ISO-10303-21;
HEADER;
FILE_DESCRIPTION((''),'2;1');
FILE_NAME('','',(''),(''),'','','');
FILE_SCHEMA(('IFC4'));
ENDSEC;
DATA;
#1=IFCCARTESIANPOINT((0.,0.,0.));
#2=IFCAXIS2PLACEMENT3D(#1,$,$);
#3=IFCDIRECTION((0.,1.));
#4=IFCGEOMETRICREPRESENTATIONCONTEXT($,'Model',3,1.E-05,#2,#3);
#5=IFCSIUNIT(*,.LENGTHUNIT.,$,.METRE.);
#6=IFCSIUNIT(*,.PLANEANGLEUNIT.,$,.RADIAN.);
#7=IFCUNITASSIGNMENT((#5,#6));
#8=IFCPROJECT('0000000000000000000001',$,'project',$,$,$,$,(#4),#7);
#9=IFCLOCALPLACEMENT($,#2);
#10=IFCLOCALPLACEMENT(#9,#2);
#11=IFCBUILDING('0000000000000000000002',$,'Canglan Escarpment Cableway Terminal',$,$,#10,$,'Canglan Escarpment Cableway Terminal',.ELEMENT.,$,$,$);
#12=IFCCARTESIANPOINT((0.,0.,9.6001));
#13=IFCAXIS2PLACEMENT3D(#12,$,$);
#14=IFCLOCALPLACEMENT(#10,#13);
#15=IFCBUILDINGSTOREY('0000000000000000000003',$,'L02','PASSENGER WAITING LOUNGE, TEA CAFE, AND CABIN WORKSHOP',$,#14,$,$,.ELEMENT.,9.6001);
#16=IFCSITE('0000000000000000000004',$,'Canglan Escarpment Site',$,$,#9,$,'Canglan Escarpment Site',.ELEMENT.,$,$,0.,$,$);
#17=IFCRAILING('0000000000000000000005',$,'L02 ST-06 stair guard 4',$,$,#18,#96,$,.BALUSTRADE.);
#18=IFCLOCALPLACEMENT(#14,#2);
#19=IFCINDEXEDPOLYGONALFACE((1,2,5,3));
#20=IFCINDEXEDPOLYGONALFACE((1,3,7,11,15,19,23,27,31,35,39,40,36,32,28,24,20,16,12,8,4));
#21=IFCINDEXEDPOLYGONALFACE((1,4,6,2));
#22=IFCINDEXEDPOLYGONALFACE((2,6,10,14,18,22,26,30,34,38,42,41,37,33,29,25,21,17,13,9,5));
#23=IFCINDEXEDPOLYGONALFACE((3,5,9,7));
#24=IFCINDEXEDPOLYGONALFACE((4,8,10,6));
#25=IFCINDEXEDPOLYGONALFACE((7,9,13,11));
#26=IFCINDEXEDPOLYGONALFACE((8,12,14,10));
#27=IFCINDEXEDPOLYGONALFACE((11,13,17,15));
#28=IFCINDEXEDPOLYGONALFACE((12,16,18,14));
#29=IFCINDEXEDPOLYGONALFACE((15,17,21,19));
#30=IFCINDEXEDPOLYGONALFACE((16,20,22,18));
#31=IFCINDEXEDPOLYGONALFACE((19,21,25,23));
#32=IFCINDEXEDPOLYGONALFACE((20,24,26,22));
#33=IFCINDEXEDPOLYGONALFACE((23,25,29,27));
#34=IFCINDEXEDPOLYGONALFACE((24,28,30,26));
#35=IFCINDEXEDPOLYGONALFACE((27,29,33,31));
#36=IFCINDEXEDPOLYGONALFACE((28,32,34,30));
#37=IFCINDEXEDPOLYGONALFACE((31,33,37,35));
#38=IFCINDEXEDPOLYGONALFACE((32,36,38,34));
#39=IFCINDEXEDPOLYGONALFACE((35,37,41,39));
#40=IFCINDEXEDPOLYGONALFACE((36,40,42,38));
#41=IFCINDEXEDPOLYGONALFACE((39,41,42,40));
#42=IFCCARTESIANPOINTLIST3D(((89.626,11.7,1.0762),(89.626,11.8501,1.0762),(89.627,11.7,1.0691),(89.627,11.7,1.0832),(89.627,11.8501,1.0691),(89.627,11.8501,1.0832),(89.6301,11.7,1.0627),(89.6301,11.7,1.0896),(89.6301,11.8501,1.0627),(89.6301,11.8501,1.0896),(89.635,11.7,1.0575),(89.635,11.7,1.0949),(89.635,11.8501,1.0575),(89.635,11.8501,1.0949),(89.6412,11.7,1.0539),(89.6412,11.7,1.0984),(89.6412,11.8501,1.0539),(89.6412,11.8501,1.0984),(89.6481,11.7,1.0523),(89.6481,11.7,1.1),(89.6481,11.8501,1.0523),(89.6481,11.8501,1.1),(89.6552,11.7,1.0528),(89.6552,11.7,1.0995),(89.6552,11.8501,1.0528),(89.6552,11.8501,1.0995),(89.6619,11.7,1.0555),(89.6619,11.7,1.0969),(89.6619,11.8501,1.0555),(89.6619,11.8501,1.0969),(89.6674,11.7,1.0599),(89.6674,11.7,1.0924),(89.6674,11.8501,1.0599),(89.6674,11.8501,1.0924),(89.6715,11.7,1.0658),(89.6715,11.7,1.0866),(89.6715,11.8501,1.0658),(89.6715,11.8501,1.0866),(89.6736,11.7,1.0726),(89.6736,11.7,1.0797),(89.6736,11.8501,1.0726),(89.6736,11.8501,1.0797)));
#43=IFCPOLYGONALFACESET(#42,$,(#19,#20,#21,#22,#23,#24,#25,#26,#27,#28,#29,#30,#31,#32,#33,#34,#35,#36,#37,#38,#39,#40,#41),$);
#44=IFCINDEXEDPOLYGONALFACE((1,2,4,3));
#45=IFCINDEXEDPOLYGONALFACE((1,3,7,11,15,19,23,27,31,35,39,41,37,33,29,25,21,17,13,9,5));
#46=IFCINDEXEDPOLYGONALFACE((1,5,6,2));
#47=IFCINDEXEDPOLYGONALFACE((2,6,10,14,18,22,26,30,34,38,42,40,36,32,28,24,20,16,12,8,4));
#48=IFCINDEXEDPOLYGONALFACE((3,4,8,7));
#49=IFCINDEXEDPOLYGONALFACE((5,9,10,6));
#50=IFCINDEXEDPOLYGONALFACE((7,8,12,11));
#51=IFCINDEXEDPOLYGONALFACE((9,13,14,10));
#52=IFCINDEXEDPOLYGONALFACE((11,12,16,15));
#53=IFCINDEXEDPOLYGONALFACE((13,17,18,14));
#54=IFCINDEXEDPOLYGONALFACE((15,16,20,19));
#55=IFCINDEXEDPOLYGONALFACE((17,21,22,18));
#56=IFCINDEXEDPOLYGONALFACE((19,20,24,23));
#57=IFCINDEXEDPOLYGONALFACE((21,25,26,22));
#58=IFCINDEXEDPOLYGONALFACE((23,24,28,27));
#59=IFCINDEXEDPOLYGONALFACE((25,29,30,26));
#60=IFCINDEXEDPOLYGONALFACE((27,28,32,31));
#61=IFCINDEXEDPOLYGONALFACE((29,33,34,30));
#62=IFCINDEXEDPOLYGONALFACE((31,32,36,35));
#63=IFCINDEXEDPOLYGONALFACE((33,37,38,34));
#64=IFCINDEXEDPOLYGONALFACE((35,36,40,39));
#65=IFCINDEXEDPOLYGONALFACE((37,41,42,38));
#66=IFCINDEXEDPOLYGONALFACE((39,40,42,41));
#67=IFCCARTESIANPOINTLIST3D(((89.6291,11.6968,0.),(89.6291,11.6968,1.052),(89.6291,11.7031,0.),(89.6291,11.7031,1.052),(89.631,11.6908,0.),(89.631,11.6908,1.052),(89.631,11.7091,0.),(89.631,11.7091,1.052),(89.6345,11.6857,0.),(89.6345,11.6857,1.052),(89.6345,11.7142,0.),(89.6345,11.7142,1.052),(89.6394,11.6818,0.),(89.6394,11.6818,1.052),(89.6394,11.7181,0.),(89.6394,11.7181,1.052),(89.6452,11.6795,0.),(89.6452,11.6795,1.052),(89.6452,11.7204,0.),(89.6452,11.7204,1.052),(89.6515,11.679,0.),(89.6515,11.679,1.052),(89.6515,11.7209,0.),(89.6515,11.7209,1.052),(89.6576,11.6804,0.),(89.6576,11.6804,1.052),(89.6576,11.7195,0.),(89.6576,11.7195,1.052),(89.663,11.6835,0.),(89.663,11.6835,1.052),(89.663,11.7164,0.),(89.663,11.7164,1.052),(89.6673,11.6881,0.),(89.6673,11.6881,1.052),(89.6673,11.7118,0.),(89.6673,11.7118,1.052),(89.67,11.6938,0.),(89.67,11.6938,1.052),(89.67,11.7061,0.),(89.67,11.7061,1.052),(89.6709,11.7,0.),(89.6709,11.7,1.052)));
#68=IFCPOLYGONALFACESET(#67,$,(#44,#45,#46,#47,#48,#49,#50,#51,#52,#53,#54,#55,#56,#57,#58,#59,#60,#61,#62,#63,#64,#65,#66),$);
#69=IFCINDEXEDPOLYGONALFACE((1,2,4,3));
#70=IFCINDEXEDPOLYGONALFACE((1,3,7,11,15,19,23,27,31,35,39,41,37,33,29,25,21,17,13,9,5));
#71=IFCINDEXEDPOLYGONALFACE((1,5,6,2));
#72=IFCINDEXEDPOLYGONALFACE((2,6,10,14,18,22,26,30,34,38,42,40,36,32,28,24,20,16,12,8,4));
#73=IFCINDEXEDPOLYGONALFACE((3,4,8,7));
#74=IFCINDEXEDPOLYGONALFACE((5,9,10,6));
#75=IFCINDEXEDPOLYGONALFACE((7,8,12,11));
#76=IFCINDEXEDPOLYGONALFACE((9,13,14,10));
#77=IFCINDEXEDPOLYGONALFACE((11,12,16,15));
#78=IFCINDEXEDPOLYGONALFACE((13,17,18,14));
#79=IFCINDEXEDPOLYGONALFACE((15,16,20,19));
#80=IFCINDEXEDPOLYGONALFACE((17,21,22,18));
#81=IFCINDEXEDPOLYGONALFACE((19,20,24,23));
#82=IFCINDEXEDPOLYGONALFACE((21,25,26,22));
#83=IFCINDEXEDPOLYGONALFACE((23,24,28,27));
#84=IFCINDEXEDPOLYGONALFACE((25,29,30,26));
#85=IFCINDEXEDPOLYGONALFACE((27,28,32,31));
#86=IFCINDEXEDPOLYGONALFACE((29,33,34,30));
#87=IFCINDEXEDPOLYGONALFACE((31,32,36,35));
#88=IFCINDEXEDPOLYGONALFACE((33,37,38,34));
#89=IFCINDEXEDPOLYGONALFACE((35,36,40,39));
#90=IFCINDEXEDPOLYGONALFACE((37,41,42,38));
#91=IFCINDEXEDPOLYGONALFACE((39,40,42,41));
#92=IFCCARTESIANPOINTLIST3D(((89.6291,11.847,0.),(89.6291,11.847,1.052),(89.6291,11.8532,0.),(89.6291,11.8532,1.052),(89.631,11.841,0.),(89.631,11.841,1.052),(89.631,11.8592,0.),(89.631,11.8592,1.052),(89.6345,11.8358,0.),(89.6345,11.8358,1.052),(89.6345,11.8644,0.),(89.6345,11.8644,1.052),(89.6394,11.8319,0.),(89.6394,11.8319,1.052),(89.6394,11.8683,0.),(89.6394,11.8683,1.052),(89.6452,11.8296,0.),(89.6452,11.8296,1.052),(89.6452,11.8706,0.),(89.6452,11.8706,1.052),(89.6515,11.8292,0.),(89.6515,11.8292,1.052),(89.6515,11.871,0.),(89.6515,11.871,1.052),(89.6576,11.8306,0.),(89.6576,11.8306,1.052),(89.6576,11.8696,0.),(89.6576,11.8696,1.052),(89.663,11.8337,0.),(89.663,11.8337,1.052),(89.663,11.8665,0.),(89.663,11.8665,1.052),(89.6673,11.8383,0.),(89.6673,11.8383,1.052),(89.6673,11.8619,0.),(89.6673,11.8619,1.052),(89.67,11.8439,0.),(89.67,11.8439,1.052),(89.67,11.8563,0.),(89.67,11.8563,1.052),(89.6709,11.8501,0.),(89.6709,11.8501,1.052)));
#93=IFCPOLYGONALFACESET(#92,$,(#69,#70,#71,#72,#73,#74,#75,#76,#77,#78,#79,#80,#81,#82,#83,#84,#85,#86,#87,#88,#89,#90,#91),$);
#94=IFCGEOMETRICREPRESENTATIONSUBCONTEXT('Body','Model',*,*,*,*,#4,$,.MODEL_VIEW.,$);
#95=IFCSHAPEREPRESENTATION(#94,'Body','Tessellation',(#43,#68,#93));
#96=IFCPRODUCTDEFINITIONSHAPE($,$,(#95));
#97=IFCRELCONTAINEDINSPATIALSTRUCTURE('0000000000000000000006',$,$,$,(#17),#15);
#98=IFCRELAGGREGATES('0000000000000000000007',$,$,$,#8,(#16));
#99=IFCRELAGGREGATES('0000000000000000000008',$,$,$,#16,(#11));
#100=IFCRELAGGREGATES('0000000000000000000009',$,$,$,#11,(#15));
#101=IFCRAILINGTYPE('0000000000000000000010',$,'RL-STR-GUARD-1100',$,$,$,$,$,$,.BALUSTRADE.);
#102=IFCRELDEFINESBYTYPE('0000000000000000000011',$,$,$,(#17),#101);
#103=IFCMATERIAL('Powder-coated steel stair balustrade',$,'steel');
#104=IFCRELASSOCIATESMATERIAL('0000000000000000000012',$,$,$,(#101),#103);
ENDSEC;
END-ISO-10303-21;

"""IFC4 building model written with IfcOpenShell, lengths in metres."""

from ifc_helpers import new_model, si_unit, direction, frame, origin, origin_2d, place, context, subcontext, project, spatial, circle, extrude, material, type_object, element, save


model = new_model("IFC4")

# Units and contexts
model_context = context("Model", 3, precision=1e-05, world=origin(), true_north=direction((0.0, 1.0)))
body_context = subcontext(model_context, "Body", "Model", "MODEL_VIEW")
ifc_project = project(units=[si_unit("LENGTHUNIT", "METRE"), si_unit("PLANEANGLEUNIT", "RADIAN")], contexts=[model_context])

# Site, building, storey
site_placement = place(None, origin())
site = spatial("IfcSite", under=ifc_project, at=site_placement, Name="Canglan Escarpment Site", LongName="Canglan Escarpment Site", CompositionType="ELEMENT", RefElevation=0.0)
building_placement = place(site_placement, origin())
building = spatial("IfcBuilding", under=site, at=building_placement, Name="Canglan Escarpment Cableway Terminal", LongName="Canglan Escarpment Cableway Terminal", CompositionType="ELEMENT")
storey_placement = place(building_placement, frame((0.0, 0.0, 9.6001)))
storey = spatial("IfcBuildingStorey", under=building, at=storey_placement, Name="L02", Description="PASSENGER WAITING LOUNGE, TEA CAFE, AND CABIN WORKSHOP", CompositionType="ELEMENT", Elevation=9.6001)

# Railing
ifc_material_1 = material(Name="Powder-coated steel stair balustrade", Category="steel")
railing_type_1 = type_object("IfcRailingType", Name="RL-STR-GUARD-1100", PredefinedType="BALUSTRADE", material=ifc_material_1)
railing_1_placement = place(storey_placement, frame((89.6499, 11.7, 0.0)))
element("IfcRailing", 1, at=railing_1_placement, inside=storey, type_object=railing_type_1, Name="L02 ST-06 stair guard 4", PredefinedType="BALUSTRADE", context=body_context, shape_type="SweptSolid", body=[
    extrude(circle(Radius=0.0239, at=origin_2d()), frame((0.0, 0.0, 1.0762), z_axis=(0.0, 1.0, 0.0), x_axis=(-1.0, 0.0, 0.0)), (0.0, 0.0, 1.0), 0.1501),
    extrude(circle(Radius=0.021, at=origin_2d()), origin(), (0.0, 0.0, 1.0), 1.052),
    extrude(circle(Radius=0.021, at=origin_2d()), frame((0.0, 0.1501, 0.0)), (0.0, 0.0, 1.0), 1.052),
])

save(model, "model.ifc")
